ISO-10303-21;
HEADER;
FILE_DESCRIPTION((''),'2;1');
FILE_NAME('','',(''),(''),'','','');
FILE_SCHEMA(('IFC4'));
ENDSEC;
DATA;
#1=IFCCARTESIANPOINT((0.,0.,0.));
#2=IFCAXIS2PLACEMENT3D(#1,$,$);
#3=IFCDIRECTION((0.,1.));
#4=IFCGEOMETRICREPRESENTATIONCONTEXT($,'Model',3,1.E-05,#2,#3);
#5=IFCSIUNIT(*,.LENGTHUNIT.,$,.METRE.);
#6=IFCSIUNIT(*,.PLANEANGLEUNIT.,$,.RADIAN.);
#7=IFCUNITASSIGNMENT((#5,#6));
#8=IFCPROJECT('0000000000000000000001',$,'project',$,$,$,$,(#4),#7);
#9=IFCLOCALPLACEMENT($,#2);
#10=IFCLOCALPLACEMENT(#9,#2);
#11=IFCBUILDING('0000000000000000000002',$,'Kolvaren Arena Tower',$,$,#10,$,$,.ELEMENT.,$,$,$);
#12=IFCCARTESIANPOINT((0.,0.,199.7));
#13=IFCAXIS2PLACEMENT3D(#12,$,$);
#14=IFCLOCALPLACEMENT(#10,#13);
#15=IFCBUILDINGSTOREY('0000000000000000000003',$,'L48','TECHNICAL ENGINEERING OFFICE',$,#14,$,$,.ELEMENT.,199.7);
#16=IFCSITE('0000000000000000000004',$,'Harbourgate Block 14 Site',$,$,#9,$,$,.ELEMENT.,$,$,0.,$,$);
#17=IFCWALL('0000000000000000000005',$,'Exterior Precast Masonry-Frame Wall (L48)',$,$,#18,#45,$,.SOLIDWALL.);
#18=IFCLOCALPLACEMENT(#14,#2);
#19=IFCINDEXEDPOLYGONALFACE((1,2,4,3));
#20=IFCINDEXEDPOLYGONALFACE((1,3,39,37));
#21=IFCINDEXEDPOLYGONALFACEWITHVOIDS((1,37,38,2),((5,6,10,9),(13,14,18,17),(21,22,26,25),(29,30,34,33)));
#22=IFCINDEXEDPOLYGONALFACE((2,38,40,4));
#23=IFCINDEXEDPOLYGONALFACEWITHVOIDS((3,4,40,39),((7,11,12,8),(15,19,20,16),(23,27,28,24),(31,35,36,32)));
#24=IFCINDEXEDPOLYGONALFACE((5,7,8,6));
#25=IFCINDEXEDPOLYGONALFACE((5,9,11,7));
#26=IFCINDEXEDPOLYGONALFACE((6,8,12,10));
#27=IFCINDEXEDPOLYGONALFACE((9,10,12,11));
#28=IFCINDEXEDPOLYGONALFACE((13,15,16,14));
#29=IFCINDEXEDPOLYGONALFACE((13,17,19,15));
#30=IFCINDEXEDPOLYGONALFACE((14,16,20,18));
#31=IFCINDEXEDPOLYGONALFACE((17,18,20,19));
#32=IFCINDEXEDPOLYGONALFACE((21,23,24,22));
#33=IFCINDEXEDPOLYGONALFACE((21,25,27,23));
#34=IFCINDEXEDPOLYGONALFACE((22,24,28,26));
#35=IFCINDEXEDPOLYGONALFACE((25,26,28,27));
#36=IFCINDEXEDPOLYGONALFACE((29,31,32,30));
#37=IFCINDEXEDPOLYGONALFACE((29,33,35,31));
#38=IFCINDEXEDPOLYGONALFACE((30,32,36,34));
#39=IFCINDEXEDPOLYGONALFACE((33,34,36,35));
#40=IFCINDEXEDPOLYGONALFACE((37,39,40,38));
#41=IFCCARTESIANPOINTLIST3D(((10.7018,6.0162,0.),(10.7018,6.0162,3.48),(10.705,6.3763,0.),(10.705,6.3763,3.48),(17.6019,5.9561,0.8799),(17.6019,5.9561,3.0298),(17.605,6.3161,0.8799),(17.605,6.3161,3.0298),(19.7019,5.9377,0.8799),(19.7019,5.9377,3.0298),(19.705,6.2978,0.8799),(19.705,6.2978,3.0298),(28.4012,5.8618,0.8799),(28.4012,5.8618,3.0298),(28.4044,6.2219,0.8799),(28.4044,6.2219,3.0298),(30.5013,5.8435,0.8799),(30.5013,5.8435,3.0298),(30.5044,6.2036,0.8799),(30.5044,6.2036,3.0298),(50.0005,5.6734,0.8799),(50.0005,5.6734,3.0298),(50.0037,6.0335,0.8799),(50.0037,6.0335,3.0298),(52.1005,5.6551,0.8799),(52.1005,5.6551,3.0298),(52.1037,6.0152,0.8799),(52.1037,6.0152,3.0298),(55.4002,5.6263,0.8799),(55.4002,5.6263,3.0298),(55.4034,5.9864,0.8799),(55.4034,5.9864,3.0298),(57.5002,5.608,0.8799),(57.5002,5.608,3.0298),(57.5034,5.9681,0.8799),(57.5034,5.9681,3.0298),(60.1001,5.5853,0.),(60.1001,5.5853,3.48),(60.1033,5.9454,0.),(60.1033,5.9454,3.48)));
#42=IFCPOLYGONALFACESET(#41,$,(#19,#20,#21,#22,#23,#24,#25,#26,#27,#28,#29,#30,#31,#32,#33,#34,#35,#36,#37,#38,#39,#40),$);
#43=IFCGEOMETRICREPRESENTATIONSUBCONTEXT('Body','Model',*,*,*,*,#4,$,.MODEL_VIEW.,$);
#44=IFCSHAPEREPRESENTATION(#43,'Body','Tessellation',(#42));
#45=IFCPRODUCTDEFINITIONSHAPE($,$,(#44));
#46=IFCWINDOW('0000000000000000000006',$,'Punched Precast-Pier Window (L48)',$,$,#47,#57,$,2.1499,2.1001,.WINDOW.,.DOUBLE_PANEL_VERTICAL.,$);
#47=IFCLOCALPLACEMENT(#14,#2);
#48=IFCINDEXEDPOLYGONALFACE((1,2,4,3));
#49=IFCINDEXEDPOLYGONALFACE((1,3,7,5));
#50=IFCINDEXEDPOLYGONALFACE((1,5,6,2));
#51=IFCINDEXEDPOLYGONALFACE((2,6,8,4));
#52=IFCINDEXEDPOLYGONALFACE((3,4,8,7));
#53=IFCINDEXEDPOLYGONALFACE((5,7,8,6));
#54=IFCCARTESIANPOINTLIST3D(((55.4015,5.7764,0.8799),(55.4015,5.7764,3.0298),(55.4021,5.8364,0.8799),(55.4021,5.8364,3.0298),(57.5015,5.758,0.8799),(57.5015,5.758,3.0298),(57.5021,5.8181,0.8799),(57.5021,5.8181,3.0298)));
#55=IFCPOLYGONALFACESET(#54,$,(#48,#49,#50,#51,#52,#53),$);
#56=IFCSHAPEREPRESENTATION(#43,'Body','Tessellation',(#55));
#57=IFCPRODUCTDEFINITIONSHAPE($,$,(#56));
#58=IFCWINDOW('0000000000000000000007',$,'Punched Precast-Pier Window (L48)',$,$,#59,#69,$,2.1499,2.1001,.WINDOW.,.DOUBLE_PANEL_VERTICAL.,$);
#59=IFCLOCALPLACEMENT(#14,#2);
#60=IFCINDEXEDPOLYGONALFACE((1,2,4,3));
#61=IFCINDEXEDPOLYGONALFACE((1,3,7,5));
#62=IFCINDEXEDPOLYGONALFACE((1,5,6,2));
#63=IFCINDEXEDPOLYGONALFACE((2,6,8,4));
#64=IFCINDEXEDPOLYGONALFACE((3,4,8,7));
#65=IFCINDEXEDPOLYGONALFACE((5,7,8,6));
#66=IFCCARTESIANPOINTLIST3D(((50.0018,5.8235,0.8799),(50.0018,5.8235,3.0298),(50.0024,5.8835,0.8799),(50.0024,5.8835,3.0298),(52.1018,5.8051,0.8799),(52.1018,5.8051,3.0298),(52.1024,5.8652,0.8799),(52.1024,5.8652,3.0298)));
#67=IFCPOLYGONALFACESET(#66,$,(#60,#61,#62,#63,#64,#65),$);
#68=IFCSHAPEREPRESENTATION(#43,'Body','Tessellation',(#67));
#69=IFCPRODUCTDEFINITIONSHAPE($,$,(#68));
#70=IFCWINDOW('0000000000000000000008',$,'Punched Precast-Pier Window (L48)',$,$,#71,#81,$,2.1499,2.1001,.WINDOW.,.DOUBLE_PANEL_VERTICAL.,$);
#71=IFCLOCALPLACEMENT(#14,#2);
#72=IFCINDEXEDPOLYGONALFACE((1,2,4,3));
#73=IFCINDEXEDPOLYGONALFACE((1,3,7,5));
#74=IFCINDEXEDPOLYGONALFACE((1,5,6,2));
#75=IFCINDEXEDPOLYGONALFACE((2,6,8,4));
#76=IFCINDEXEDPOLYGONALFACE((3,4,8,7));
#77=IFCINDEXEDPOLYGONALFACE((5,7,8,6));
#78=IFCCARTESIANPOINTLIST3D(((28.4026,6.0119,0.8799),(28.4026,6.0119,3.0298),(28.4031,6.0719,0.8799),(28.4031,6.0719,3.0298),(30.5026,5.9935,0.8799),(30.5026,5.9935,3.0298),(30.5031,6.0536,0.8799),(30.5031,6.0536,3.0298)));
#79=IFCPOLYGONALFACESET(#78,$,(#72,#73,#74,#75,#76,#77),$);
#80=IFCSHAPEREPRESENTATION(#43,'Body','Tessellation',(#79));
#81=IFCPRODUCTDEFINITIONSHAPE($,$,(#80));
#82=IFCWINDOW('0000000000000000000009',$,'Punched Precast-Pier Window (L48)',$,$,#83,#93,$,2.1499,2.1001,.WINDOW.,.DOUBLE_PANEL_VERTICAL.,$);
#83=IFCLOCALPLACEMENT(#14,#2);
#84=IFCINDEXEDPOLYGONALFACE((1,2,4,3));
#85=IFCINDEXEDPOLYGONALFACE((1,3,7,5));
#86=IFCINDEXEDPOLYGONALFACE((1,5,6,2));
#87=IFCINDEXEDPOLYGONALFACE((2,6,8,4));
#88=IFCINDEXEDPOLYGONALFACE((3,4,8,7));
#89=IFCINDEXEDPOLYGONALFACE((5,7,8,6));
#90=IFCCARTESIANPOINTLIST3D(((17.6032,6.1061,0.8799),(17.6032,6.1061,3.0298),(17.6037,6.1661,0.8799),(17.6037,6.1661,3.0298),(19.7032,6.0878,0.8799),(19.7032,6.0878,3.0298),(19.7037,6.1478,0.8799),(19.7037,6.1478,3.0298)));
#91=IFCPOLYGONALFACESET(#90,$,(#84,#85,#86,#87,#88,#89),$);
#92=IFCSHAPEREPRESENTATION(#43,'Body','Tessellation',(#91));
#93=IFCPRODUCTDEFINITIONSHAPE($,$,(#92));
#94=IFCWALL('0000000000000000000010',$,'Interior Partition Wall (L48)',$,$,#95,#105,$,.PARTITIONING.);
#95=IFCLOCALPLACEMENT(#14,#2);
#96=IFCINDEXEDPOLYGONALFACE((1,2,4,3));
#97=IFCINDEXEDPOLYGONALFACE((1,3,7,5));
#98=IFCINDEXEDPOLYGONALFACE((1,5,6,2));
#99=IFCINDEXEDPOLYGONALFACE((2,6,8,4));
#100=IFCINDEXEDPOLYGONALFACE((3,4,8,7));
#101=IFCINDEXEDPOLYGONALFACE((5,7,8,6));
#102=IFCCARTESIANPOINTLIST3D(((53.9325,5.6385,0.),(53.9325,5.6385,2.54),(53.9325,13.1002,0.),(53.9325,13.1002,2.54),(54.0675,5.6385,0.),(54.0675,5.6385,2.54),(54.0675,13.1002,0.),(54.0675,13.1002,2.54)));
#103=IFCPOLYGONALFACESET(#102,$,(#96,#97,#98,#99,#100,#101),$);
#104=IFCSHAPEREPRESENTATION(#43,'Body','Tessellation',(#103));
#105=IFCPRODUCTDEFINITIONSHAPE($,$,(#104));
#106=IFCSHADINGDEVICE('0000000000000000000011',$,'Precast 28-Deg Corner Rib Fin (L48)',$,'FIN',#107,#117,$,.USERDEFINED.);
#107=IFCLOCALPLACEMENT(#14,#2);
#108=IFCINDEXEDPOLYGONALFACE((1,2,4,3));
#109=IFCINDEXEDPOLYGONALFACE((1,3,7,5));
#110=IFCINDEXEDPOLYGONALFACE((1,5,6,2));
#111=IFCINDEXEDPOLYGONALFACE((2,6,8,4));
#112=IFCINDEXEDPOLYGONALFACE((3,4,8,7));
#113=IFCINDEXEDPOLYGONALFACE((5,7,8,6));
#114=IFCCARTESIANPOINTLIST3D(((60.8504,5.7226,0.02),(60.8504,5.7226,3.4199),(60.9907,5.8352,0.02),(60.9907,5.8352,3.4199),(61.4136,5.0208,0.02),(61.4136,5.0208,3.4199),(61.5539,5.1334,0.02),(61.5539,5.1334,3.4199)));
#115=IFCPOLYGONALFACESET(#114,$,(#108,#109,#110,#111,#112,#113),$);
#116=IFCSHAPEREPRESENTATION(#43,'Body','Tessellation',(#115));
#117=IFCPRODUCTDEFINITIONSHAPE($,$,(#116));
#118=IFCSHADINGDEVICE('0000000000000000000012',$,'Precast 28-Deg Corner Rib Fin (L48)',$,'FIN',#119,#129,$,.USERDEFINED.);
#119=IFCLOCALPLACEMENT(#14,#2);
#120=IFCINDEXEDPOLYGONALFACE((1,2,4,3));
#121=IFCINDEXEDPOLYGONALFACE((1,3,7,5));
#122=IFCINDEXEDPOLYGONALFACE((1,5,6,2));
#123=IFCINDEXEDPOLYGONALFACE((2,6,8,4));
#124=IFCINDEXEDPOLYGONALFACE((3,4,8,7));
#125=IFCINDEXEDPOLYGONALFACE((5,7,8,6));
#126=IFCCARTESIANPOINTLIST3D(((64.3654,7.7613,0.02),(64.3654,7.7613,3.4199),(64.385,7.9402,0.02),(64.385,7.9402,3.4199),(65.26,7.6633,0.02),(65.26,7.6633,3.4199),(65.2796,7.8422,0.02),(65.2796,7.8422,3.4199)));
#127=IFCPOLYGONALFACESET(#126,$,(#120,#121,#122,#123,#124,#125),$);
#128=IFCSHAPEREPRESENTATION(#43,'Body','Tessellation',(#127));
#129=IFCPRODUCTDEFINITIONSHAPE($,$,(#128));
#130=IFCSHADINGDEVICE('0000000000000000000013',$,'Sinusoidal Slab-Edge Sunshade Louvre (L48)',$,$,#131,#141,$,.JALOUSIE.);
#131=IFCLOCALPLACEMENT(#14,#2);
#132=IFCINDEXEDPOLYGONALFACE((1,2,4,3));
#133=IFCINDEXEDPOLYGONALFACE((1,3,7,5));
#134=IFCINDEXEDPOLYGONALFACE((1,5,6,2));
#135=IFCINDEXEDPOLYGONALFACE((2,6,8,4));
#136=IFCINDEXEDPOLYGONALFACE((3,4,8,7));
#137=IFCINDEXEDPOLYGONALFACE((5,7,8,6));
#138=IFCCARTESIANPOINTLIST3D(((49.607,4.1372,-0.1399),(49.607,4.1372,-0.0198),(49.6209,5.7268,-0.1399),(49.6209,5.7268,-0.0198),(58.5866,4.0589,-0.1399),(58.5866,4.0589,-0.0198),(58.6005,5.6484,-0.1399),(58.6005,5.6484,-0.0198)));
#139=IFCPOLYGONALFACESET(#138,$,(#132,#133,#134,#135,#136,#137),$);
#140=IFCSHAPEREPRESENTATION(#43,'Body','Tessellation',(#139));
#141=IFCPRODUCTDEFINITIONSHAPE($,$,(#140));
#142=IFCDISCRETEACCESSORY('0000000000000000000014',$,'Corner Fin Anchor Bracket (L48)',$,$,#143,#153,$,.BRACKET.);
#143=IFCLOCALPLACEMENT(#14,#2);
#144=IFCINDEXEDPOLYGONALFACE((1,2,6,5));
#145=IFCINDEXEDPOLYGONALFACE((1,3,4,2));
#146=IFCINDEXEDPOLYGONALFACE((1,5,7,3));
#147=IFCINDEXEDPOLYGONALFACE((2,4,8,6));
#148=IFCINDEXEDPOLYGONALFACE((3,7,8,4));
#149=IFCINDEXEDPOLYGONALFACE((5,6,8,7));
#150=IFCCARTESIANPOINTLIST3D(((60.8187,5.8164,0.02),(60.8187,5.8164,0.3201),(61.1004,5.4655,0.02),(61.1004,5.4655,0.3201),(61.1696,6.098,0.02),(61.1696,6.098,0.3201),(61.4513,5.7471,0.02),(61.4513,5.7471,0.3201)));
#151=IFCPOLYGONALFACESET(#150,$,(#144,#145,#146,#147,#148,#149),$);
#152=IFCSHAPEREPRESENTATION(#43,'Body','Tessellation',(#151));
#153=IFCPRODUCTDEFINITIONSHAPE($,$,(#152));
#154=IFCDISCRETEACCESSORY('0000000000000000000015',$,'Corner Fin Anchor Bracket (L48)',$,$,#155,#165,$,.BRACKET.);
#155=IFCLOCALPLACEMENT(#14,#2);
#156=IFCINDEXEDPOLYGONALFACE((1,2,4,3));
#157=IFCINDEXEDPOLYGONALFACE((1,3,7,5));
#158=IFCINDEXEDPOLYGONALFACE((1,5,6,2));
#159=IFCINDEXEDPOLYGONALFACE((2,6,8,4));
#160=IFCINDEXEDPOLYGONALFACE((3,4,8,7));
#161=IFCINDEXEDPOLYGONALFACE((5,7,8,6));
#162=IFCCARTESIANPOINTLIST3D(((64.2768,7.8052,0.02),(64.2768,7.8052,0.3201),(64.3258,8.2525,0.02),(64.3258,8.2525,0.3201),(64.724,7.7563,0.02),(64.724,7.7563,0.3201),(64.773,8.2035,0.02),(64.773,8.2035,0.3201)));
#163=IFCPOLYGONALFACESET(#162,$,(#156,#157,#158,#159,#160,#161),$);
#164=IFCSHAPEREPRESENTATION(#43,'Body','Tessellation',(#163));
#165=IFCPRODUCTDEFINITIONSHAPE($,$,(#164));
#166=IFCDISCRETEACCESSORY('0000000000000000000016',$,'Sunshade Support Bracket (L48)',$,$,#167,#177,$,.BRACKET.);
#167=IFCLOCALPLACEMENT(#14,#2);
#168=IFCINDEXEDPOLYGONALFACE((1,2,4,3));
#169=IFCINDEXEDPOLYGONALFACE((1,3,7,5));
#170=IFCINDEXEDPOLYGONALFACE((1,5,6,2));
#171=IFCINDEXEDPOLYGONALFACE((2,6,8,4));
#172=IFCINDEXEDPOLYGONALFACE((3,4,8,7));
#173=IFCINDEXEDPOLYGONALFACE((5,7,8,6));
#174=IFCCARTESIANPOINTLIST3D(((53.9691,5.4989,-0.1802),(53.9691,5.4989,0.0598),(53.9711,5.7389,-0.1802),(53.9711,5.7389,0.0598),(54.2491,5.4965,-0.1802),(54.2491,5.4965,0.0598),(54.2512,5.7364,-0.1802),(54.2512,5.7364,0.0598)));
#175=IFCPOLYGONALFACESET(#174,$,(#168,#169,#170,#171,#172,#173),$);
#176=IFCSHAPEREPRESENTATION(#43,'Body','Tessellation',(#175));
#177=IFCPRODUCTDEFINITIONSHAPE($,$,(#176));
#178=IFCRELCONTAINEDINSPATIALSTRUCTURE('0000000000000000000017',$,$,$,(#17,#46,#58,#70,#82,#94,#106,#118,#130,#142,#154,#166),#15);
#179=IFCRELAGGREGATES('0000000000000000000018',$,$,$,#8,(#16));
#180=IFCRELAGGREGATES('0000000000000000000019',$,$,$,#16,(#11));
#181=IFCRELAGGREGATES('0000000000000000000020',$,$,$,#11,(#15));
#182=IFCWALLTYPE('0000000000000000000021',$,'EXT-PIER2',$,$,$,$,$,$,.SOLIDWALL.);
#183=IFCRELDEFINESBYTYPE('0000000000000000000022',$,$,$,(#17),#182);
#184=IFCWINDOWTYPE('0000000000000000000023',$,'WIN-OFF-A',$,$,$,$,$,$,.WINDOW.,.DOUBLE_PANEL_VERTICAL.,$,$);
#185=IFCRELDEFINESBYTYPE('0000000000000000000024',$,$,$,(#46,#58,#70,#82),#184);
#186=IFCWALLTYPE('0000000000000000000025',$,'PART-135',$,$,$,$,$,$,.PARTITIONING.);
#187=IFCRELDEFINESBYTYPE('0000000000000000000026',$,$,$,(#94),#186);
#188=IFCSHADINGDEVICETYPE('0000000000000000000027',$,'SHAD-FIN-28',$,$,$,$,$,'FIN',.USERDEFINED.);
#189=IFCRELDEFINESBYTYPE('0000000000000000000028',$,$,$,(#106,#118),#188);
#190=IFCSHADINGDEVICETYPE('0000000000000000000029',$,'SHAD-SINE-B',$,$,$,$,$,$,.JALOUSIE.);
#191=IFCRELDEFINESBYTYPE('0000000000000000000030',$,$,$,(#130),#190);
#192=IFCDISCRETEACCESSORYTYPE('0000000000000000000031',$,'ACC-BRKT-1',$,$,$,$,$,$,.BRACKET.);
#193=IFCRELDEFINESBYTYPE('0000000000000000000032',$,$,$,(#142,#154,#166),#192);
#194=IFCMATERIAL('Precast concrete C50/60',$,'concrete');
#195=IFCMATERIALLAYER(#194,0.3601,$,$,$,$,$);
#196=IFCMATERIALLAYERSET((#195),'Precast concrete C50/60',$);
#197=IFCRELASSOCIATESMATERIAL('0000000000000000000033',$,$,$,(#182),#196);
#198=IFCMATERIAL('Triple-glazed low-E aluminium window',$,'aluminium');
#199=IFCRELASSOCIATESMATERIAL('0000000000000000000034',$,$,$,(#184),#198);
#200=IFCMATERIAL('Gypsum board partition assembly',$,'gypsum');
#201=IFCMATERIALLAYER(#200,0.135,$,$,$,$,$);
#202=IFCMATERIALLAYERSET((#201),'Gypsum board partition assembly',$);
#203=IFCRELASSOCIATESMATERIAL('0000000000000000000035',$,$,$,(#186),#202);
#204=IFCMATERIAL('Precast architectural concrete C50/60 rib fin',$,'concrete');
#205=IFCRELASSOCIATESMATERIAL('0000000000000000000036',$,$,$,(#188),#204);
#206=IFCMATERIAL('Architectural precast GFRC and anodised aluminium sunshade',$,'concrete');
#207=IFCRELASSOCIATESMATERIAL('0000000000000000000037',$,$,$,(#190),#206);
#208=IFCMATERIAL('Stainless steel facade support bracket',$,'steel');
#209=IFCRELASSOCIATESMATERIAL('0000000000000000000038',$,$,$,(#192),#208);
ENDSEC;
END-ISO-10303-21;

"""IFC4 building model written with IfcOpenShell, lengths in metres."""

from ifc_helpers import new_model, si_unit, direction, frame, frame_2d, origin, origin_2d, place, context, subcontext, project, spatial, rectangle, extrude, material, layer, layer_set, type_object, element, fill, save


model = new_model("IFC4")

# Units and contexts
model_context = context("Model", 3, precision=1e-05, world=origin(), true_north=direction((0.0, 1.0)))
body_context = subcontext(model_context, "Body", "Model", "MODEL_VIEW")
ifc_project = project(units=[si_unit("LENGTHUNIT", "METRE"), si_unit("PLANEANGLEUNIT", "RADIAN")], contexts=[model_context])

# Site, building, storey
site_placement = place(None, origin())
site = spatial("IfcSite", under=ifc_project, at=site_placement, Name="Harbourgate Block 14 Site", CompositionType="ELEMENT", RefElevation=0.0)
building_placement = place(site_placement, origin())
building = spatial("IfcBuilding", under=site, at=building_placement, Name="Kolvaren Arena Tower", CompositionType="ELEMENT")
storey_placement = place(building_placement, frame((0.0, 0.0, 199.7)))
storey = spatial("IfcBuildingStorey", under=building, at=storey_placement, Name="L48", Description="TECHNICAL ENGINEERING OFFICE", CompositionType="ELEMENT", Elevation=199.7)

# Shared definitions
ifc_material_1 = material(Name="Precast concrete C50/60", Category="concrete")
ifc_layer_1 = layer(ifc_material_1, 0.3601)
ifc_layer_set_1 = layer_set([ifc_layer_1], Name="Precast concrete C50/60")
wall_type_1 = type_object("IfcWallType", Name="EXT-PIER2", PredefinedType="SOLIDWALL", material=ifc_layer_set_1)

# Wall, openings, windows
wall_1_placement = place(storey_placement, frame((60.1018, 5.7654, 0.0), z_axis=(0.0, 0.0, 1.0), x_axis=(-0.999962, 0.008723, 0.0)))
wall_1 = element("IfcWall", 1, at=wall_1_placement, inside=storey, type_object=wall_type_1, Name="Exterior Precast Masonry-Frame Wall (L48)", PredefinedType="SOLIDWALL", context=body_context, shape_type="SweptSolid", body=[
    extrude(rectangle(XDim=49.4001, YDim=0.3601, at=frame_2d((24.7002, 0.0))), origin(), (0.0, 0.0, 1.0), 3.48),
])
opening_1_placement = place(wall_1_placement, frame((2.6001, 0.0, 0.8799)))
opening_1 = element("IfcOpeningElement", 2, at=opening_1_placement, cuts=wall_1, PredefinedType="OPENING", context=body_context, shape_type="SweptSolid", body=[
    extrude(rectangle(XDim=2.1001, YDim=2.1499, at=frame_2d((1.05, 1.075))), frame((0.0, 0.1899, 0.0), z_axis=(0.0, -1.0, 0.0), x_axis=(1.0, 0.0, 0.0)), (0.0, 0.0, 1.0), 0.3801),
])
opening_2_placement = place(wall_1_placement, frame((8.0, 0.0, 0.8799)))
opening_2 = element("IfcOpeningElement", 3, at=opening_2_placement, cuts=wall_1, PredefinedType="OPENING", context=body_context, shape_type="SweptSolid", body=[
    extrude(rectangle(XDim=2.1001, YDim=2.1499, at=frame_2d((1.05, 1.075))), frame((0.0, 0.1899, 0.0), z_axis=(0.0, -1.0, 0.0), x_axis=(1.0, 0.0, 0.0)), (0.0, 0.0, 1.0), 0.3801),
])
opening_3_placement = place(wall_1_placement, frame((29.6001, 0.0, 0.8799)))
opening_3 = element("IfcOpeningElement", 4, at=opening_3_placement, cuts=wall_1, PredefinedType="OPENING", context=body_context, shape_type="SweptSolid", body=[
    extrude(rectangle(XDim=2.1001, YDim=2.1499, at=frame_2d((1.05, 1.075))), frame((0.0, 0.1899, 0.0), z_axis=(0.0, -1.0, 0.0), x_axis=(1.0, 0.0, 0.0)), (0.0, 0.0, 1.0), 0.3801),
])
opening_4_placement = place(wall_1_placement, frame((40.3999, 0.0, 0.8799)))
opening_4 = element("IfcOpeningElement", 5, at=opening_4_placement, cuts=wall_1, PredefinedType="OPENING", context=body_context, shape_type="SweptSolid", body=[
    extrude(rectangle(XDim=2.1001, YDim=2.1499, at=frame_2d((1.05, 1.075))), frame((0.0, 0.1899, 0.0), z_axis=(0.0, -1.0, 0.0), x_axis=(1.0, 0.0, 0.0)), (0.0, 0.0, 1.0), 0.3801),
])
ifc_material_2 = material(Name="Triple-glazed low-E aluminium window", Category="aluminium")
window_type = type_object("IfcWindowType", Name="WIN-OFF-A", PartitioningType="DOUBLE_PANEL_VERTICAL", PredefinedType="WINDOW", material=ifc_material_2)
window_1_placement = place(opening_1_placement, origin())
window_1 = element("IfcWindow", 6, at=window_1_placement, inside=storey, type_object=window_type, Name="Punched Precast-Pier Window (L48)", OverallHeight=2.1499, OverallWidth=2.1001, PartitioningType="DOUBLE_PANEL_VERTICAL", PredefinedType="WINDOW", context=body_context, shape_type="SweptSolid", body=[
    extrude(rectangle(XDim=2.1001, YDim=2.1499, at=frame_2d((1.05, 1.075))), frame((0.0, 0.03, 0.0), z_axis=(0.0, -1.0, 0.0), x_axis=(1.0, 0.0, 0.0)), (0.0, 0.0, 1.0), 0.0601),
])
fill(opening_1, window_1)
window_2_placement = place(opening_2_placement, origin())
window_2 = element("IfcWindow", 7, at=window_2_placement, inside=storey, type_object=window_type, Name="Punched Precast-Pier Window (L48)", OverallHeight=2.1499, OverallWidth=2.1001, PartitioningType="DOUBLE_PANEL_VERTICAL", PredefinedType="WINDOW", context=body_context, shape_type="SweptSolid", body=[
    extrude(rectangle(XDim=2.1001, YDim=2.1499, at=frame_2d((1.05, 1.075))), frame((0.0, 0.03, 0.0), z_axis=(0.0, -1.0, 0.0), x_axis=(1.0, 0.0, 0.0)), (0.0, 0.0, 1.0), 0.0601),
])
fill(opening_2, window_2)
window_3_placement = place(opening_3_placement, origin())
window_3 = element("IfcWindow", 8, at=window_3_placement, inside=storey, type_object=window_type, Name="Punched Precast-Pier Window (L48)", OverallHeight=2.1499, OverallWidth=2.1001, PartitioningType="DOUBLE_PANEL_VERTICAL", PredefinedType="WINDOW", context=body_context, shape_type="SweptSolid", body=[
    extrude(rectangle(XDim=2.1001, YDim=2.1499, at=frame_2d((1.05, 1.075))), frame((0.0, 0.03, 0.0), z_axis=(0.0, -1.0, 0.0), x_axis=(1.0, 0.0, 0.0)), (0.0, 0.0, 1.0), 0.0601),
])
fill(opening_3, window_3)
window_4_placement = place(opening_4_placement, origin())
window_4 = element("IfcWindow", 9, at=window_4_placement, inside=storey, type_object=window_type, Name="Punched Precast-Pier Window (L48)", OverallHeight=2.1499, OverallWidth=2.1001, PartitioningType="DOUBLE_PANEL_VERTICAL", PredefinedType="WINDOW", context=body_context, shape_type="SweptSolid", body=[
    extrude(rectangle(XDim=2.1001, YDim=2.1499, at=frame_2d((1.05, 1.075))), frame((0.0, 0.03, 0.0), z_axis=(0.0, -1.0, 0.0), x_axis=(1.0, 0.0, 0.0)), (0.0, 0.0, 1.0), 0.0601),
])
fill(opening_4, window_4)

# Wall
ifc_material_3 = material(Name="Gypsum board partition assembly", Category="gypsum")
ifc_layer_2 = layer(ifc_material_3, 0.135)
ifc_layer_set_2 = layer_set([ifc_layer_2], Name="Gypsum board partition assembly")
wall_type_2 = type_object("IfcWallType", Name="PART-135", PredefinedType="PARTITIONING", material=ifc_layer_set_2)
wall_2_placement = place(storey_placement, frame((54.0, 5.6384, 0.0), z_axis=(0.0, 0.0, 1.0), x_axis=(0.0, 1.0, 0.0)))
element("IfcWall", 10, at=wall_2_placement, inside=storey, type_object=wall_type_2, Name="Interior Partition Wall (L48)", PredefinedType="PARTITIONING", context=body_context, shape_type="SweptSolid", body=[
    extrude(rectangle(XDim=7.4617, YDim=0.135, at=frame_2d((3.731, 0.0))), origin(), (0.0, 0.0, 1.0), 2.54),
])

# Shading devices
ifc_material_4 = material(Name="Precast architectural concrete C50/60 rib fin", Category="concrete")
shading_device_type_1 = type_object("IfcShadingDeviceType", Name="SHAD-FIN-28", ElementType="FIN", PredefinedType="USERDEFINED", material=ifc_material_4)
for number, where, z_axis, x_axis, name in (
    (11, (61.2021, 5.428, 0.02), (0.0, 0.0, 1.0), (0.625923, -0.779884, 0.0), "Precast 28-Deg Corner Rib Fin (L48)"),
    (12, (64.8225, 7.8018, 0.02), (0.0, 0.0, 1.0), (0.994057, -0.108862, 0.0), "Precast 28-Deg Corner Rib Fin (L48)"),
):
    element("IfcShadingDevice", number, at=place(storey_placement, frame(where, z_axis=z_axis, x_axis=x_axis)), inside=storey, type_object=shading_device_type_1, Name=name, ObjectType="FIN", PredefinedType="USERDEFINED", context=body_context, shape_type="SweptSolid", body=[
        extrude(rectangle(XDim=0.8999, YDim=0.1799, at=origin_2d()), origin(), (0.0, 0.0, 1.0), 3.3999),
    ])
ifc_material_5 = material(Name="Architectural precast GFRC and anodised aluminium sunshade", Category="concrete")
shading_device_type_2 = type_object("IfcShadingDeviceType", Name="SHAD-SINE-B", PredefinedType="JALOUSIE", material=ifc_material_5)
shading_device_placement = place(storey_placement, frame((54.1038, 4.8928, -0.1399), z_axis=(0.0, 0.0, 1.0), x_axis=(-0.999962, 0.008727, 0.0)))
element("IfcShadingDevice", 13, at=shading_device_placement, inside=storey, type_object=shading_device_type_2, Name="Sinusoidal Slab-Edge Sunshade Louvre (L48)", PredefinedType="JALOUSIE", context=body_context, shape_type="SweptSolid", body=[
    extrude(rectangle(XDim=8.98, YDim=1.5896, at=origin_2d()), origin(), (0.0, 0.0, 1.0), 0.1201),
])

# Discrete accessories
ifc_material_6 = material(Name="Stainless steel facade support bracket", Category="steel")
discrete_accessory_type = type_object("IfcDiscreteAccessoryType", Name="ACC-BRKT-1", PredefinedType="BRACKET", material=ifc_material_6)
for number, where, z_axis, x_axis, name in (
    (14, (61.135, 5.7817, 0.02), (0.0, 0.0, 1.0), (0.625923, -0.779884, 0.0), "Corner Fin Anchor Bracket (L48)"),
    (15, (64.5249, 8.0044, 0.02), (0.0, 0.0, 1.0), (0.994057, -0.108862, 0.0), "Corner Fin Anchor Bracket (L48)"),
):
    element("IfcDiscreteAccessory", number, at=place(storey_placement, frame(where, z_axis=z_axis, x_axis=x_axis)), inside=storey, type_object=discrete_accessory_type, Name=name, PredefinedType="BRACKET", context=body_context, shape_type="SweptSolid", body=[
        extrude(rectangle(XDim=0.45, YDim=0.45, at=origin_2d()), origin(), (0.0, 0.0, 1.0), 0.3),
    ])
discrete_accessory_placement = place(storey_placement, frame((54.1101, 5.6177, -0.1802), z_axis=(0.0, 0.0, 1.0), x_axis=(-0.999962, 0.008727, 0.0)))
element("IfcDiscreteAccessory", 16, at=discrete_accessory_placement, inside=storey, type_object=discrete_accessory_type, Name="Sunshade Support Bracket (L48)", PredefinedType="BRACKET", context=body_context, shape_type="SweptSolid", body=[
    extrude(rectangle(XDim=0.28, YDim=0.24, at=origin_2d()), origin(), (0.0, 0.0, 1.0), 0.24),
])

save(model, "model.ifc")
